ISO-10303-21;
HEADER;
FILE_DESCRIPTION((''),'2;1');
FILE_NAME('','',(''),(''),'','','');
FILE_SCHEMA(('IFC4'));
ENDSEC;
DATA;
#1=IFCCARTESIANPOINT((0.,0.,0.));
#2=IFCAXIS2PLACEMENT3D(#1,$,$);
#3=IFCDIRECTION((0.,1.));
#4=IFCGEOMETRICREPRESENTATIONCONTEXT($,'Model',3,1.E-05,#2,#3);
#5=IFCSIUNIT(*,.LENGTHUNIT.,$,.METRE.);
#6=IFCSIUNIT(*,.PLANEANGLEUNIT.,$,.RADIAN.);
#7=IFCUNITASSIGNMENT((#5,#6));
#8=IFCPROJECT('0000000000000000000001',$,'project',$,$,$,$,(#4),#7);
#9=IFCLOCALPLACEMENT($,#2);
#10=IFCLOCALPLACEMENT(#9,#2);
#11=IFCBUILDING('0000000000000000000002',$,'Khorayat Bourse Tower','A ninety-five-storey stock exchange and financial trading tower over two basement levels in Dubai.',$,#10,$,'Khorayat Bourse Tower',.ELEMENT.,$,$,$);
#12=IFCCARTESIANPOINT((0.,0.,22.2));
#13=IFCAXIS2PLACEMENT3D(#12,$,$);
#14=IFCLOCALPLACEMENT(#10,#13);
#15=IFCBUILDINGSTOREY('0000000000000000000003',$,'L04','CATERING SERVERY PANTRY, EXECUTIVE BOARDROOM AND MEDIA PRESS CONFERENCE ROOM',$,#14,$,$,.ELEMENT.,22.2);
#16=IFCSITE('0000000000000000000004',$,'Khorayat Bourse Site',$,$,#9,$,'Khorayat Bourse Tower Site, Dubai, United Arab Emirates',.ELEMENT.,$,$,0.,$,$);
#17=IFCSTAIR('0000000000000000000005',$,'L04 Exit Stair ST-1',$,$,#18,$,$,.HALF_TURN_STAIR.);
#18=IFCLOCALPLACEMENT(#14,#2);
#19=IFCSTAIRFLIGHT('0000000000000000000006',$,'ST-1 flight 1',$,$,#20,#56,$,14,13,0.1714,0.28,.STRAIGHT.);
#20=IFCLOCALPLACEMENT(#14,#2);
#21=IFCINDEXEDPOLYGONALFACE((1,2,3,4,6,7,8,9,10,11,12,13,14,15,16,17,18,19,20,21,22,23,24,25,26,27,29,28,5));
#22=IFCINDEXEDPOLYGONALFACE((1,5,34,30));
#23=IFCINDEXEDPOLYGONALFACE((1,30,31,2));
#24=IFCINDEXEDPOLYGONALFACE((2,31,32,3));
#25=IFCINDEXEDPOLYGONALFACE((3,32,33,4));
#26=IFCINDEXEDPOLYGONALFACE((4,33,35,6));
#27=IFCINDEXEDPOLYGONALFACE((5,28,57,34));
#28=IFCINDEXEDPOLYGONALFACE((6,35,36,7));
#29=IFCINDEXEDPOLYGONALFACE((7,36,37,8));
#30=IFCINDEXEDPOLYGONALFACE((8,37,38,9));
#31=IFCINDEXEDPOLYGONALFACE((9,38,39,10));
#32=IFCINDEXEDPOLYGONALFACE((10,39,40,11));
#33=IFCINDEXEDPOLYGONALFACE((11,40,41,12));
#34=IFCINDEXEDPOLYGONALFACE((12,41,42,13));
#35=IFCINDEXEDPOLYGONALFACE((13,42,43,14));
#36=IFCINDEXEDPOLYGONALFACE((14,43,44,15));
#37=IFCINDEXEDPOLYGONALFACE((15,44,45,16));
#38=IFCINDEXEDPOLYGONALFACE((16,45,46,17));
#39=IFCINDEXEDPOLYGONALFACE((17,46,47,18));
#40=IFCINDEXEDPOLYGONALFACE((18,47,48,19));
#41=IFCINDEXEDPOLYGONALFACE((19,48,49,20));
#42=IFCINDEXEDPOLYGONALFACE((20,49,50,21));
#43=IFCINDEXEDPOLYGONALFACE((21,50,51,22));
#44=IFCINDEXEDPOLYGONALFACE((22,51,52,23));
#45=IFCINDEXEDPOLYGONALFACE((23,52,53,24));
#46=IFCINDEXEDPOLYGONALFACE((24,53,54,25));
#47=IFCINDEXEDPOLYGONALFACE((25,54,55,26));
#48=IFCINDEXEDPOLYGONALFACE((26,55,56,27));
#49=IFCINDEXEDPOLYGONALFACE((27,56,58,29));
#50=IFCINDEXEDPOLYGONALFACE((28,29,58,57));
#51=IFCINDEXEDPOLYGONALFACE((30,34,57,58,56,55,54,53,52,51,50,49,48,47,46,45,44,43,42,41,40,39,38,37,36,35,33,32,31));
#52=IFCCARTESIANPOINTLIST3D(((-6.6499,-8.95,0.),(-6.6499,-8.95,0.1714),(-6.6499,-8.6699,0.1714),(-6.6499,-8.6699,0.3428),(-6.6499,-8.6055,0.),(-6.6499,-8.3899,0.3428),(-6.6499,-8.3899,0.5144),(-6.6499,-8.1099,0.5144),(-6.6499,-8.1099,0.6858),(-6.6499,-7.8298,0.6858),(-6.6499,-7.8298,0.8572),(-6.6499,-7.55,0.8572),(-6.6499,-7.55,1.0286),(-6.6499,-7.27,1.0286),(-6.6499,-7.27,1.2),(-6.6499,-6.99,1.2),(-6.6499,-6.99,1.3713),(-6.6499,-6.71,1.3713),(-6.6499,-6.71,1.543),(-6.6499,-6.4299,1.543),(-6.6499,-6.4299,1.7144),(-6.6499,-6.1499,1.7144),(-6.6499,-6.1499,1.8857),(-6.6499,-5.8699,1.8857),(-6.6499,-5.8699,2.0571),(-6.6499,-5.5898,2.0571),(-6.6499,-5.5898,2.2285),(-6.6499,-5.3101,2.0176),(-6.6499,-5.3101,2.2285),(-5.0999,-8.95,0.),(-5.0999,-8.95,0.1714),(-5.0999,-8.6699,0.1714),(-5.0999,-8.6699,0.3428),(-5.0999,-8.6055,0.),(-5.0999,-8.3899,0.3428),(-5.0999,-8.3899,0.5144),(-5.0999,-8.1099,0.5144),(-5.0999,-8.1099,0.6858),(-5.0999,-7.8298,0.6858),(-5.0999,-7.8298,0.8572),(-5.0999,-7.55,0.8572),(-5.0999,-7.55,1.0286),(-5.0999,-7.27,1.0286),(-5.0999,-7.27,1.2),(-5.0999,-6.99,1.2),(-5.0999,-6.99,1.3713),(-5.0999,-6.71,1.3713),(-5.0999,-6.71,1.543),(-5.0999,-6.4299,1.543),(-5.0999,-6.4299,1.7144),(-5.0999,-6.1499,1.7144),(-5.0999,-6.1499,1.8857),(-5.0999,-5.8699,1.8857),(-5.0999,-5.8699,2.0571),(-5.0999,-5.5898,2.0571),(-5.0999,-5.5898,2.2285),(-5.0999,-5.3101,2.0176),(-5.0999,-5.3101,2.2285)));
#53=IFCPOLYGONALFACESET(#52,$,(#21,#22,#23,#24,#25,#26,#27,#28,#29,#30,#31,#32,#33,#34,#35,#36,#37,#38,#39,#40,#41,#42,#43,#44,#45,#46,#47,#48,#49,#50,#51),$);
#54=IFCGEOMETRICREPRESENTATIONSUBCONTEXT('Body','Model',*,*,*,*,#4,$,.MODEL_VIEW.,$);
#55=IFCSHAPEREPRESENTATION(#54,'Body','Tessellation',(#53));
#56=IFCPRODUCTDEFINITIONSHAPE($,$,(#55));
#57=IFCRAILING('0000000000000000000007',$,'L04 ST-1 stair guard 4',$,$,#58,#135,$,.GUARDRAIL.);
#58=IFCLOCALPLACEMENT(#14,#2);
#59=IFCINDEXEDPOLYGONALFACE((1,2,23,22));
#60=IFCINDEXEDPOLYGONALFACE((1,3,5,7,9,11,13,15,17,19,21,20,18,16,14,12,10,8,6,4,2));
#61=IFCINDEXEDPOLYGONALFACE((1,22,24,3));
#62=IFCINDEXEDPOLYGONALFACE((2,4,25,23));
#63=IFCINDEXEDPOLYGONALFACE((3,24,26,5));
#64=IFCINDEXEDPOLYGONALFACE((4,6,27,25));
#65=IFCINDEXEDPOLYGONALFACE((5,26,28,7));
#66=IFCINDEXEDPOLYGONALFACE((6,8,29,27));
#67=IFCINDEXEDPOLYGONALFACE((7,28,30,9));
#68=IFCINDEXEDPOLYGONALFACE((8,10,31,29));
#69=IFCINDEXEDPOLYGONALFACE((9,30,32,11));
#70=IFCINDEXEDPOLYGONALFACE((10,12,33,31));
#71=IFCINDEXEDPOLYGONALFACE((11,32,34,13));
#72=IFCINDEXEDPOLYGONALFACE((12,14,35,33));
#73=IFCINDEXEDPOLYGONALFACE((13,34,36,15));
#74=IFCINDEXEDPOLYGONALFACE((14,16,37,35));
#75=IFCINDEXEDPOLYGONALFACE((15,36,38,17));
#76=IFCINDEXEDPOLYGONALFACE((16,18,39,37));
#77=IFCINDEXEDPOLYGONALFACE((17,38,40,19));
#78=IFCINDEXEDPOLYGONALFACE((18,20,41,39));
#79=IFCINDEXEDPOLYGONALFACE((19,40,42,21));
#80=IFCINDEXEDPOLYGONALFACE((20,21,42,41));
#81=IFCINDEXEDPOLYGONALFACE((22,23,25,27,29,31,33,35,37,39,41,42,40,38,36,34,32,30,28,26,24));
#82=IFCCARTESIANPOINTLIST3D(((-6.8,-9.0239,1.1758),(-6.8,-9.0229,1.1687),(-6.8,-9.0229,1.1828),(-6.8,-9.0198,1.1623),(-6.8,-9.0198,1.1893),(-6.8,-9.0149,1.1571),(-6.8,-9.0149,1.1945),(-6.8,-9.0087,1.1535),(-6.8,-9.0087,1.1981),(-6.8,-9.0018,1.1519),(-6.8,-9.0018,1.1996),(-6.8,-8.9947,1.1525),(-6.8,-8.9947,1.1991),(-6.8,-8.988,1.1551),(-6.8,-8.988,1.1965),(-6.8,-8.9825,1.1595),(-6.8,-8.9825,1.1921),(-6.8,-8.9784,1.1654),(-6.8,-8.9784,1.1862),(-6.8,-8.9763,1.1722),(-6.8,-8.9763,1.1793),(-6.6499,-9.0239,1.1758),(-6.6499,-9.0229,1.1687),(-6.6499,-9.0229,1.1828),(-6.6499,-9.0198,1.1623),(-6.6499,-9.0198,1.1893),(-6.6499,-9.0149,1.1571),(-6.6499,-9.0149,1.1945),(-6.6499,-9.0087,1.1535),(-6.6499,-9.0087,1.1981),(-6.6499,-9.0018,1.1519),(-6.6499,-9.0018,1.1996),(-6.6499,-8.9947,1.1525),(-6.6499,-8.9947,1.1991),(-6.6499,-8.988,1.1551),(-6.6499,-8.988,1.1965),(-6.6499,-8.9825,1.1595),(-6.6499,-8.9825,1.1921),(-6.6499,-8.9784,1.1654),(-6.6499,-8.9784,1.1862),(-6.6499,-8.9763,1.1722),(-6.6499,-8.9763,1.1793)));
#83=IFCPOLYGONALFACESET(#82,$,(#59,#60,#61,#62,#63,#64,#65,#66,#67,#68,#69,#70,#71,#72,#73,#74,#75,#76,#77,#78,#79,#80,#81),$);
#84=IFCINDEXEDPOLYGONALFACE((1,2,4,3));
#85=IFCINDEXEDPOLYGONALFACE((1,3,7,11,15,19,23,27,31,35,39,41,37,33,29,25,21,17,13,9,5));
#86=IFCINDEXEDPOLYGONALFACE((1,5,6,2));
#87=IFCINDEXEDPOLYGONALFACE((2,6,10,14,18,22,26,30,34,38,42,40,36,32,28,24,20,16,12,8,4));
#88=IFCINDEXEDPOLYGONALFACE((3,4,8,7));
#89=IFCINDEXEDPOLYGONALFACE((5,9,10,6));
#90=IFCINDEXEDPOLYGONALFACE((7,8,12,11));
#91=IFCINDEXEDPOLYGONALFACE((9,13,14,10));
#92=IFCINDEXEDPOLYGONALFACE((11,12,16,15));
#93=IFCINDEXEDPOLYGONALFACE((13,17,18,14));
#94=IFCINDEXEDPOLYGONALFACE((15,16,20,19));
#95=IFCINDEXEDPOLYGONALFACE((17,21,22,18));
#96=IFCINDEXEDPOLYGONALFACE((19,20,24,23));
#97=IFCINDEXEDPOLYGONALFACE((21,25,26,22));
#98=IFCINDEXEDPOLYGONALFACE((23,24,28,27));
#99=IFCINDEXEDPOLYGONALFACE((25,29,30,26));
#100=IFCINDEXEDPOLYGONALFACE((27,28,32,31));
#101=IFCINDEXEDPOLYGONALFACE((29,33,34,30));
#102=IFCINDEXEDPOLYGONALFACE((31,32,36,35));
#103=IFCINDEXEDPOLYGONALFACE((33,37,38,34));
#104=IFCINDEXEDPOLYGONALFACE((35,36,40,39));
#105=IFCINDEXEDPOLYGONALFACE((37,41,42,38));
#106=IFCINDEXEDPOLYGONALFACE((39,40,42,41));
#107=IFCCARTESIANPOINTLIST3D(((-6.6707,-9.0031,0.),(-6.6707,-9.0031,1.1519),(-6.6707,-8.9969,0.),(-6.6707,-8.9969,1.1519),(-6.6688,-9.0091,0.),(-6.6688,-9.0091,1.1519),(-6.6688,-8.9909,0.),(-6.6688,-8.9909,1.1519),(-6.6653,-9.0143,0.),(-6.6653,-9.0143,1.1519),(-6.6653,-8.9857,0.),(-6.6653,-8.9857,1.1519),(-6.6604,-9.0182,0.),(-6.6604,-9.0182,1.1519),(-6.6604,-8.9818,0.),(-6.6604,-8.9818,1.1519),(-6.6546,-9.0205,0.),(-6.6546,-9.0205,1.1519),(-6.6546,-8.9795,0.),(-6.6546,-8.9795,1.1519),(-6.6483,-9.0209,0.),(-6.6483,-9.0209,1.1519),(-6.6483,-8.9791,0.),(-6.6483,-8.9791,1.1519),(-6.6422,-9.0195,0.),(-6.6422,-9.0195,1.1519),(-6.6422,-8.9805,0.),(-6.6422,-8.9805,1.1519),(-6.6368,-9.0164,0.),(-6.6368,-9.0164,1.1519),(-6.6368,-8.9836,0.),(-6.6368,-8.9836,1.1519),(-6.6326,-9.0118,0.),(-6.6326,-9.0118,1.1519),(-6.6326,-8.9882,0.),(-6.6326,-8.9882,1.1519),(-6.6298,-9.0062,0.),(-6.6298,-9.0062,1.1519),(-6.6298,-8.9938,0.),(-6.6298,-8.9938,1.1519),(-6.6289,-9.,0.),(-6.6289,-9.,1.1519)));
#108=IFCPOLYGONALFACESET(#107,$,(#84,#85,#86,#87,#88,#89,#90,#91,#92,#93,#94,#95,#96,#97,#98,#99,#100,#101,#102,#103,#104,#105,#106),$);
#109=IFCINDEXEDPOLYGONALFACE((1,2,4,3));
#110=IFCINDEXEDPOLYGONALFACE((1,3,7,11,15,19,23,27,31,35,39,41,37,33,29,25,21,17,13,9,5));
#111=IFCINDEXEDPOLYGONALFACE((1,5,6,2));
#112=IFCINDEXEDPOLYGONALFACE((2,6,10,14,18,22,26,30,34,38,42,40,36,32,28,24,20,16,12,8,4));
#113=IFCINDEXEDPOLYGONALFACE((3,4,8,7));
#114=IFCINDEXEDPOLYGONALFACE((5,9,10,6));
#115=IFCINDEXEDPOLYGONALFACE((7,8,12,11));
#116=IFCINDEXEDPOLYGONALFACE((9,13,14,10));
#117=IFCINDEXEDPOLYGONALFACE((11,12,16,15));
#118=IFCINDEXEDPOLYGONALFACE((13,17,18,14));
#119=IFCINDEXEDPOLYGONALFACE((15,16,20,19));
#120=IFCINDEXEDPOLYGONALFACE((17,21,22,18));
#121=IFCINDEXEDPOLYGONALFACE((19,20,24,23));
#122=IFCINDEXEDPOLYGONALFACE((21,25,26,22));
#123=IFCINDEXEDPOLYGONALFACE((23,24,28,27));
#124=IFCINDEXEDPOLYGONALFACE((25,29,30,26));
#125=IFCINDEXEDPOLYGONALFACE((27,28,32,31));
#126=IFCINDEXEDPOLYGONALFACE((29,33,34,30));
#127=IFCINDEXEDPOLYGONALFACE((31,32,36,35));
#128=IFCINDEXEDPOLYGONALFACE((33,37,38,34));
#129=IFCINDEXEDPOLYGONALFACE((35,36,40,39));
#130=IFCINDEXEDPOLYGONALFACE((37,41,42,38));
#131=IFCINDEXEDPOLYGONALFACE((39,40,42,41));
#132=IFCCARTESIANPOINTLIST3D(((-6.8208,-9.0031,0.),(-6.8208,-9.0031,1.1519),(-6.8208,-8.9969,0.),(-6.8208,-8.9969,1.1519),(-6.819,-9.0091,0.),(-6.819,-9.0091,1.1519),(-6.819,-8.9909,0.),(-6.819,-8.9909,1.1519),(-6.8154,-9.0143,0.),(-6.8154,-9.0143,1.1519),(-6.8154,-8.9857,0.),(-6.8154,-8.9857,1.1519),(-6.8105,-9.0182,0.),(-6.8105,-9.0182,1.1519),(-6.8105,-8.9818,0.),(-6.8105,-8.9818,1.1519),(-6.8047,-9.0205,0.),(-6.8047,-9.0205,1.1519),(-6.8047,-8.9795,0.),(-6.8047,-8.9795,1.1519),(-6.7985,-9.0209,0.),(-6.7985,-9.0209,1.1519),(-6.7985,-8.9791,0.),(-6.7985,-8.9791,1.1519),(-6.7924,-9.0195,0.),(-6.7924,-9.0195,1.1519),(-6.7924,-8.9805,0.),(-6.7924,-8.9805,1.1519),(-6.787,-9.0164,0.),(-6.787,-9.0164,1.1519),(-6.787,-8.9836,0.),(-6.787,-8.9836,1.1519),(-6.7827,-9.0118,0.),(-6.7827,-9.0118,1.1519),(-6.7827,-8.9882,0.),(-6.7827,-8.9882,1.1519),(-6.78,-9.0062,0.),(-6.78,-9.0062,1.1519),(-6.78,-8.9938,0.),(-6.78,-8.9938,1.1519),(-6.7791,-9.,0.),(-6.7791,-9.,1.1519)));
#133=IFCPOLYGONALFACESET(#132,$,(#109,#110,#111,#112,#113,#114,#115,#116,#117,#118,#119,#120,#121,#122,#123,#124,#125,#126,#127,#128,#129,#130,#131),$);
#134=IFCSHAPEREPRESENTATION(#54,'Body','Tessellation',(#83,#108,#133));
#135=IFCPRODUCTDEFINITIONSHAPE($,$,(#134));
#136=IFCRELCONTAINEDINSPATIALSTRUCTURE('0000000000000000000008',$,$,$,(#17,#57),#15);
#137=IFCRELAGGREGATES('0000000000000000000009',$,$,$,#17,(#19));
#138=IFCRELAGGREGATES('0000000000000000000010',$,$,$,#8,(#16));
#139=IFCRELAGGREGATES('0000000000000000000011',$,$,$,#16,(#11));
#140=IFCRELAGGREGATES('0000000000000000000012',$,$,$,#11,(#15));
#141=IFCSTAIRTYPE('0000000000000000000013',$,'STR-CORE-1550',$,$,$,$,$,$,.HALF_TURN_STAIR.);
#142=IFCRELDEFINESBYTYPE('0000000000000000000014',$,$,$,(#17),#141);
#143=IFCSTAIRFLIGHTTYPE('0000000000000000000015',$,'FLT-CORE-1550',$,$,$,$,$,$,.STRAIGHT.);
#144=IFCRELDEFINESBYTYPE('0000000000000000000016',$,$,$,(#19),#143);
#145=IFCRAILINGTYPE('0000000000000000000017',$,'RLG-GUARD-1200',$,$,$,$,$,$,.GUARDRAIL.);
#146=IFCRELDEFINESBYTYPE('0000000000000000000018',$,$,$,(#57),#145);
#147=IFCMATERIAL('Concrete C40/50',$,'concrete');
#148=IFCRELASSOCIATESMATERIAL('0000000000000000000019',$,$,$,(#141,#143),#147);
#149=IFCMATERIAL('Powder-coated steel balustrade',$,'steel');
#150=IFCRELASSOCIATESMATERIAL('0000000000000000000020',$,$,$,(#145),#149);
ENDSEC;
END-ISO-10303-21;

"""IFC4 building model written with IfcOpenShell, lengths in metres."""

from ifc_helpers import new_model, si_unit, direction, frame, origin, origin_2d, place, context, subcontext, project, spatial, polyline, circle, outline, extrude, source, transform, mapped, material, type_object, element, aggregate, save


model = new_model("IFC4")

# Units and contexts
model_context = context("Model", 3, precision=1e-05, world=origin(), true_north=direction((0.0, 1.0)))
body_context = subcontext(model_context, "Body", "Model", "MODEL_VIEW")
ifc_project = project(units=[si_unit("LENGTHUNIT", "METRE"), si_unit("PLANEANGLEUNIT", "RADIAN")], contexts=[model_context])

# Site, building, storey
site_placement = place(None, origin())
site = spatial("IfcSite", under=ifc_project, at=site_placement, Name="Khorayat Bourse Site", LongName="Khorayat Bourse Tower Site, Dubai, United Arab Emirates", CompositionType="ELEMENT", RefElevation=0.0)
building_placement = place(site_placement, origin())
building = spatial("IfcBuilding", under=site, at=building_placement, Name="Khorayat Bourse Tower", Description="A ninety-five-storey stock exchange and financial trading tower over two basement levels in Dubai.", LongName="Khorayat Bourse Tower", CompositionType="ELEMENT")
storey_placement = place(building_placement, frame((0.0, 0.0, 22.2)))
storey = spatial("IfcBuildingStorey", under=building, at=storey_placement, Name="L04", Description="CATERING SERVERY PANTRY, EXECUTIVE BOARDROOM AND MEDIA PRESS CONFERENCE ROOM", CompositionType="ELEMENT", Elevation=22.2)

# Stair, stair flight
ifc_material_1 = material(Name="Concrete C40/50", Category="concrete")
stair_type = type_object("IfcStairType", Name="STR-CORE-1550", PredefinedType="HALF_TURN_STAIR", material=ifc_material_1)
stair_placement = place(storey_placement, origin())
stair = element("IfcStair", 1, at=stair_placement, inside=storey, type_object=stair_type, Name="L04 Exit Stair ST-1", PredefinedType="HALF_TURN_STAIR")
stair_flight_type = type_object("IfcStairFlightType", Name="FLT-CORE-1550", PredefinedType="STRAIGHT", material=ifc_material_1)
shared_shape_1 = source(origin(), body_context, "Body", "SweptSolid", [
    extrude(outline(polyline([(0.0, 0.0), (0.0, 0.1714), (0.28, 0.1714), (0.28, 0.3428), (0.5601, 0.3428), (0.5601, 0.5144), (0.8401, 0.5144), (0.8401, 0.6858), (1.1201, 0.6858), (1.1201, 0.8572), (1.3999, 0.8572), (1.3999, 1.0286), (1.6799, 1.0286), (1.6799, 1.2), (1.96, 1.2), (1.96, 1.3713), (2.24, 1.3713), (2.24, 1.543), (2.52, 1.543), (2.52, 1.7144), (2.8, 1.7144), (2.8, 1.8857), (3.0801, 1.8857), (3.0801, 2.0571), (3.3601, 2.0571), (3.3601, 2.2285), (3.6399, 2.2285), (3.6399, 2.3999), (3.6399, 2.0176), (0.3445, 0.0), (0.0, 0.0)])), frame((0.0, 0.7749, 0.0), z_axis=(0.0, -1.0, 0.0), x_axis=(1.0, 0.0, 0.0)), (0.0, 0.0, 1.0), 1.55),
])
stair_flight_placement = place(storey_placement, frame((-5.875, -8.95, 0.0), z_axis=(0.0, 0.0, 1.0), x_axis=(0.0, 1.0, 0.0)))
stair_flight = element("IfcStairFlight", 2, at=stair_flight_placement, type_object=stair_flight_type, Name="ST-1 flight 1", NumberOfRisers=14, NumberOfTreads=13, PredefinedType="STRAIGHT", RiserHeight=0.1714, TreadLength=0.28, context=body_context, shape_type="MappedRepresentation", body=[
    mapped(shared_shape_1, transform((0.0, 0.0, 0.0), scale=1.0)),
])
aggregate(stair, [stair_flight])

# Railing
ifc_material_2 = material(Name="Powder-coated steel balustrade", Category="steel")
railing_type_1 = type_object("IfcRailingType", Name="RLG-GUARD-1200", PredefinedType="GUARDRAIL", material=ifc_material_2)
shared_shape_2 = source(origin(), body_context, "Body", "SweptSolid", [
    extrude(circle(Radius=0.0239, at=origin_2d()), frame((0.0, 0.0, 1.1758), z_axis=(-1.0, 0.0, 0.0), x_axis=(0.0, -1.0, 0.0)), (0.0, 0.0, 1.0), 0.1501),
    extrude(circle(Radius=0.021, at=origin_2d()), origin(), (0.0, 0.0, 1.0), 1.1519),
    extrude(circle(Radius=0.021, at=origin_2d()), frame((-0.1501, 0.0, 0.0)), (0.0, 0.0, 1.0), 1.1519),
])
railing_1_placement = place(storey_placement, frame((-6.6499, -9.0, 0.0)))
element("IfcRailing", 3, at=railing_1_placement, inside=storey, type_object=railing_type_1, Name="L04 ST-1 stair guard 4", PredefinedType="GUARDRAIL", context=body_context, shape_type="MappedRepresentation", body=[
    mapped(shared_shape_2, transform((0.0, 0.0, 0.0), scale=1.0)),
])

save(model, "model.ifc")
